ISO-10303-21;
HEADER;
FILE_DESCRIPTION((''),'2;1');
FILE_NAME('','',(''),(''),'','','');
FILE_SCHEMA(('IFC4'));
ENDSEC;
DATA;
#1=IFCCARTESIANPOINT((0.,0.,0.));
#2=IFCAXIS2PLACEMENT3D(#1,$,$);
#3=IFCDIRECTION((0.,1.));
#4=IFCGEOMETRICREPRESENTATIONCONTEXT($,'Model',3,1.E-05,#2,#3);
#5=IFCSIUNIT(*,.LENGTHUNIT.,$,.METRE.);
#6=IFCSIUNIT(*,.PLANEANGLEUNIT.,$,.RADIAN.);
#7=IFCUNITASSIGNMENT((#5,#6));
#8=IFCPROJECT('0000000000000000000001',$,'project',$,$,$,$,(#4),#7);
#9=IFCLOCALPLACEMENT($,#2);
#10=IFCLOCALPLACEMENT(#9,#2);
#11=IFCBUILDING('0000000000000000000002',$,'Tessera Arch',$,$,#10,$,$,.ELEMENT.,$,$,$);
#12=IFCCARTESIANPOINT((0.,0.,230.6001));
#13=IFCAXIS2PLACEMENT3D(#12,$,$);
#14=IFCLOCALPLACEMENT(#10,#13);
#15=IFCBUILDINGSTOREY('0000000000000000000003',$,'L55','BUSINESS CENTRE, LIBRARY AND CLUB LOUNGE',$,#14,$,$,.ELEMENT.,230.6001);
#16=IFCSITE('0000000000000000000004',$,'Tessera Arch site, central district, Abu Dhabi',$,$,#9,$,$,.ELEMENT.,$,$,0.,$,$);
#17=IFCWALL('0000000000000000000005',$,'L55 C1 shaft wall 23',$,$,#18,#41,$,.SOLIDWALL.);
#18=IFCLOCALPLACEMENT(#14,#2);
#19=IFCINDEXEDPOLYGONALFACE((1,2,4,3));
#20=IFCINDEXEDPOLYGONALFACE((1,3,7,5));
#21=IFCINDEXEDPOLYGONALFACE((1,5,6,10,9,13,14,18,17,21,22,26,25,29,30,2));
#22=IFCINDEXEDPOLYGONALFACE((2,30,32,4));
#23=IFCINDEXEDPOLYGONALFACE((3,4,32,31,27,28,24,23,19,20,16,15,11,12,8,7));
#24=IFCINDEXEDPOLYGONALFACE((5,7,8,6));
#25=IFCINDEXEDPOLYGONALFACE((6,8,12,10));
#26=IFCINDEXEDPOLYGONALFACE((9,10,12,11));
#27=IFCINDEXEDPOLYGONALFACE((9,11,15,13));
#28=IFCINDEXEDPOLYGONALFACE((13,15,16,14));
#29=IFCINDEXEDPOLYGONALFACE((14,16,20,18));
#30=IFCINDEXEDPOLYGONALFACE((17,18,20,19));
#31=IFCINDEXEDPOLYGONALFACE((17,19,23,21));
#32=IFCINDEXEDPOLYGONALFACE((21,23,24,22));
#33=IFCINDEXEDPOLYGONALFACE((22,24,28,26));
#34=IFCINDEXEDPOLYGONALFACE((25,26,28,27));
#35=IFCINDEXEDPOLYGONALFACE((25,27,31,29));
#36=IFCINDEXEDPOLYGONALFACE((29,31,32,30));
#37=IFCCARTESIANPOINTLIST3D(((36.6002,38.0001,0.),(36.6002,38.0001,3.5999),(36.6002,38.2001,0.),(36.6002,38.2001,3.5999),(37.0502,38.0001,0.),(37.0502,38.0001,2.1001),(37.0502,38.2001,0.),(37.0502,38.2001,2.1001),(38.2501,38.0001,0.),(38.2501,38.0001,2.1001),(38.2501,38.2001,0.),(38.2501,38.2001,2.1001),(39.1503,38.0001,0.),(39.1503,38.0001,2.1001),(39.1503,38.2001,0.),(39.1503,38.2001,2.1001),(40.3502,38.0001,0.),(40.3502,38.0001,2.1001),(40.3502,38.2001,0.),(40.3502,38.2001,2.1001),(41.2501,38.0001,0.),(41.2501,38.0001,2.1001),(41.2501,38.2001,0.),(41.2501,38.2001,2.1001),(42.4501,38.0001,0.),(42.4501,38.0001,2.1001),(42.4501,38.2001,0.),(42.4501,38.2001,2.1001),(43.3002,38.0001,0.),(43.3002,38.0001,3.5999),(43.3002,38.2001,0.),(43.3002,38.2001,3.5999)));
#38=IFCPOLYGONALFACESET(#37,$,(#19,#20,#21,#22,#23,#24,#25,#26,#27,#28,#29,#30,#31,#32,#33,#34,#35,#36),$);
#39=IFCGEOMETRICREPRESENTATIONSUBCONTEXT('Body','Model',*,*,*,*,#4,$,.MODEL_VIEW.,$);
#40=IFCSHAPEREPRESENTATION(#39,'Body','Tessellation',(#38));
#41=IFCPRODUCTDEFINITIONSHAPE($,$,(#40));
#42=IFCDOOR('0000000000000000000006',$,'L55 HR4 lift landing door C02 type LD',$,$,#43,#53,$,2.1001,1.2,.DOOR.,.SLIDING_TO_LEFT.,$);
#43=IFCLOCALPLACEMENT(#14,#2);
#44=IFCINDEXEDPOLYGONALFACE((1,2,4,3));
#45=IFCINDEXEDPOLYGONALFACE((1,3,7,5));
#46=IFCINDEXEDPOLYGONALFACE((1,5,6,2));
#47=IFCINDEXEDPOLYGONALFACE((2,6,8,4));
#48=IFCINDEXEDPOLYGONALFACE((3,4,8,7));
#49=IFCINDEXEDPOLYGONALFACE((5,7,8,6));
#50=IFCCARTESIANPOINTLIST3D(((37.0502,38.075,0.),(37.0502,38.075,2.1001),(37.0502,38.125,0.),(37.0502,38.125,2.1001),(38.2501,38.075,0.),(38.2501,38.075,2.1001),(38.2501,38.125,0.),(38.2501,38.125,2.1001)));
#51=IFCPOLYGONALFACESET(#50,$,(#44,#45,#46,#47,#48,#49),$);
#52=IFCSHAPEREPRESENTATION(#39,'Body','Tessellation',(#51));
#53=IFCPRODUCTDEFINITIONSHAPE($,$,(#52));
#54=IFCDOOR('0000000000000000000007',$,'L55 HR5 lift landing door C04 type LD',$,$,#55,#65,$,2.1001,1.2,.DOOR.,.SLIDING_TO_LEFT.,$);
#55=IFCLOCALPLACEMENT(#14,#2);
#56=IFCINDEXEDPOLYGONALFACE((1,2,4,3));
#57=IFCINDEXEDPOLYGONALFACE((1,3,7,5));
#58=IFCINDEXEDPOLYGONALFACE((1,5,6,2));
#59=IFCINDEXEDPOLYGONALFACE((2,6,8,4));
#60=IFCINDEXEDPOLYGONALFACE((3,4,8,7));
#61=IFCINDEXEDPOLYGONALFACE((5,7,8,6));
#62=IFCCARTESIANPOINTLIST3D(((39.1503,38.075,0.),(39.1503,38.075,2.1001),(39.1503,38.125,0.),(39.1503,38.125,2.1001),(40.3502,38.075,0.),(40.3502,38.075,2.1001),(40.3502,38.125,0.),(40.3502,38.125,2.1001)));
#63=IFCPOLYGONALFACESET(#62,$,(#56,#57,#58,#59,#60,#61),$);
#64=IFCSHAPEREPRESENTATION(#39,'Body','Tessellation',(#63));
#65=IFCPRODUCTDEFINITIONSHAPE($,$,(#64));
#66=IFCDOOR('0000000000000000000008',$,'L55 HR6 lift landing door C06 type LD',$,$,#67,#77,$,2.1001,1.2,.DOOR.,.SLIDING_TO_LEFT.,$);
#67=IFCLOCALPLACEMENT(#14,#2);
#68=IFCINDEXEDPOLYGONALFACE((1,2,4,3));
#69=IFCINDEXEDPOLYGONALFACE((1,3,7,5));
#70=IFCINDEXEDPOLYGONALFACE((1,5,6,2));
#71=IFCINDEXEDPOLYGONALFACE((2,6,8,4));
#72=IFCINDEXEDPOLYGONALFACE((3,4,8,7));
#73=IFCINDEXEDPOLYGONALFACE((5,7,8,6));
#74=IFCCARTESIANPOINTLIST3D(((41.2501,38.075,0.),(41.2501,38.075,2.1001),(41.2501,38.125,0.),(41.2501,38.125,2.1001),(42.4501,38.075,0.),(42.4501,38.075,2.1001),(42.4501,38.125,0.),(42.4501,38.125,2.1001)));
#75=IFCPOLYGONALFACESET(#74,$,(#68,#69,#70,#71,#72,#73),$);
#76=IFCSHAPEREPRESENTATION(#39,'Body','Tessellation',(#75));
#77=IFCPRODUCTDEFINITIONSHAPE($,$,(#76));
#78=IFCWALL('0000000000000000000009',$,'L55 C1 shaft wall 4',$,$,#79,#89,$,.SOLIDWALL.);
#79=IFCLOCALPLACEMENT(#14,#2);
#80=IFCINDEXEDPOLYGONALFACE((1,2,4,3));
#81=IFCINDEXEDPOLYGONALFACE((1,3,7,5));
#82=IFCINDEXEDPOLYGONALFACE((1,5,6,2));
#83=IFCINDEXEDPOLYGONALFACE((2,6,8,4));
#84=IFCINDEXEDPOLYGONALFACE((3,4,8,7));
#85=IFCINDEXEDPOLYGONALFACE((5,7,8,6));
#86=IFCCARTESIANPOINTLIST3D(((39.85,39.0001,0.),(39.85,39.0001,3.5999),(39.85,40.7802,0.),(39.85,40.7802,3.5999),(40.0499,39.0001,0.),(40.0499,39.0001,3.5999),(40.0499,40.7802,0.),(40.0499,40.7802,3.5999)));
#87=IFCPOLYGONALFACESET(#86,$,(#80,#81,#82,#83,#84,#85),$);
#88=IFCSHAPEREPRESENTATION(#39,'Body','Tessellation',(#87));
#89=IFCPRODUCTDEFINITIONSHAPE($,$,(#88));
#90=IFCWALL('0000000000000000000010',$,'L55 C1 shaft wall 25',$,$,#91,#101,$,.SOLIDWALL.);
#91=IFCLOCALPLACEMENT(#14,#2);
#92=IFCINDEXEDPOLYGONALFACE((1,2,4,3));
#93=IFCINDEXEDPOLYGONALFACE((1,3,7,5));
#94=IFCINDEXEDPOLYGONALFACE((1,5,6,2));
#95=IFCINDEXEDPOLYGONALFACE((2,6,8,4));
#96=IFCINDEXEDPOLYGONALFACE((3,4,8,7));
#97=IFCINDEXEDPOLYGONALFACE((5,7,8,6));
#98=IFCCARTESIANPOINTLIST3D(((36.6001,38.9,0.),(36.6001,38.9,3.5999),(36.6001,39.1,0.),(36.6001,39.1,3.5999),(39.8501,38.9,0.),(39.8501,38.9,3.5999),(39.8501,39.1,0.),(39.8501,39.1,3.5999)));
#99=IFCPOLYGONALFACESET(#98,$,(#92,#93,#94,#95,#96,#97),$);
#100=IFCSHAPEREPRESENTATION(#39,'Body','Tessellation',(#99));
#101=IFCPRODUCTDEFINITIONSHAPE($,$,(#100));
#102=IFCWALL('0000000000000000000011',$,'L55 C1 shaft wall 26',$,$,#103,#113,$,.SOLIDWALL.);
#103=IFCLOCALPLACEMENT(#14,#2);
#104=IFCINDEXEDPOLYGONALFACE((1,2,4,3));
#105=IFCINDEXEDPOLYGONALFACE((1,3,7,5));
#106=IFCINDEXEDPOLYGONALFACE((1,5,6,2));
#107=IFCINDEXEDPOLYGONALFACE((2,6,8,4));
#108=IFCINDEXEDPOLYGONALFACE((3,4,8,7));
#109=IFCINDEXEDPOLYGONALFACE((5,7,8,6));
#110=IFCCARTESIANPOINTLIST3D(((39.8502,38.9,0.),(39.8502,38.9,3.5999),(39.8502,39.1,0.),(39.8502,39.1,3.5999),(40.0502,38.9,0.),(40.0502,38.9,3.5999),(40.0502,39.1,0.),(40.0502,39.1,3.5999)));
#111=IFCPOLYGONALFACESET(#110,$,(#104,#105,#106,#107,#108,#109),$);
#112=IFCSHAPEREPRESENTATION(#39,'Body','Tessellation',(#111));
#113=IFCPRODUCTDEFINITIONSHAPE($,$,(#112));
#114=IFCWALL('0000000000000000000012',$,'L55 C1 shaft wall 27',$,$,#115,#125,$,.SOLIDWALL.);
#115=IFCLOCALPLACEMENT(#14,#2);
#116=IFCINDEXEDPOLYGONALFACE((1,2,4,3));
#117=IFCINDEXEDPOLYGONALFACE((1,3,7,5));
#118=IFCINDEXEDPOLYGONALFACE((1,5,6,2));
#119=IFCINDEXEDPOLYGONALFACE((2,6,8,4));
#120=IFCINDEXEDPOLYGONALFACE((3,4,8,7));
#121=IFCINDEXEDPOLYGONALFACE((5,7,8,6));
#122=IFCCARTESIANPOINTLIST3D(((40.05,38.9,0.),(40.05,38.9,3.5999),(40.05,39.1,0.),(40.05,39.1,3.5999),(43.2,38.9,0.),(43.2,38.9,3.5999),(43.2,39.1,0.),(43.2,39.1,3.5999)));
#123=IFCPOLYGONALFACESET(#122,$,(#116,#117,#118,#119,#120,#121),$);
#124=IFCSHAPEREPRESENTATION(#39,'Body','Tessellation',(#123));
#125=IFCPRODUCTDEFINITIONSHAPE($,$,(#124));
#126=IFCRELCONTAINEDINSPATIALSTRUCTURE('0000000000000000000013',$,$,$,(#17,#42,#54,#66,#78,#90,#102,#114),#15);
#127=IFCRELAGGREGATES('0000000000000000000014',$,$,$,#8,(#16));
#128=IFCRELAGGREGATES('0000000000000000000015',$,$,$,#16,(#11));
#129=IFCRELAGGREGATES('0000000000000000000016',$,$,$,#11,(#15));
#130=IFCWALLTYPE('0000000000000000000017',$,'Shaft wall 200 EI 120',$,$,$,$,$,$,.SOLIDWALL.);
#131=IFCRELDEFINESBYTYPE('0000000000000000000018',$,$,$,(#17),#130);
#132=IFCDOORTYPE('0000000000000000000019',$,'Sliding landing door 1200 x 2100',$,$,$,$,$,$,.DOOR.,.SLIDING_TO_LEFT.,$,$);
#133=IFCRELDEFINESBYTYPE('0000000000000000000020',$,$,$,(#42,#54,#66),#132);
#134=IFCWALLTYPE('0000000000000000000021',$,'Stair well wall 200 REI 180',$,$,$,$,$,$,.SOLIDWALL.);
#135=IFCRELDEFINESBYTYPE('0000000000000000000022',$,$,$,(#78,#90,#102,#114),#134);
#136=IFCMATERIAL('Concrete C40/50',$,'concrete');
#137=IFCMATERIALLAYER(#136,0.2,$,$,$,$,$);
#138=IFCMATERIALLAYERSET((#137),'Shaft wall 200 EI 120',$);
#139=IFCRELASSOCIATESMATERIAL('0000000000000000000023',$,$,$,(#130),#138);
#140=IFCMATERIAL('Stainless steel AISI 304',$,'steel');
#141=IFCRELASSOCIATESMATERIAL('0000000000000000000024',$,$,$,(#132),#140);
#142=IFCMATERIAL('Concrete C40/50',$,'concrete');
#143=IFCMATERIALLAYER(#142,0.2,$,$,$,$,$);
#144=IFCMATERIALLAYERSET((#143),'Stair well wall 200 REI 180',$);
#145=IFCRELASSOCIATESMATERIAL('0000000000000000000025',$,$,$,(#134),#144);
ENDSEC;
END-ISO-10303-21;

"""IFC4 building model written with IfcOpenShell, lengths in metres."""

from ifc_helpers import new_model, si_unit, direction, frame, frame_2d, origin, place, context, subcontext, project, spatial, rectangle, extrude, material, layer, layer_set, type_object, element, fill, save


model = new_model("IFC4")

# Units and contexts
model_context = context("Model", 3, precision=1e-05, world=origin(), true_north=direction((0.0, 1.0)))
body_context = subcontext(model_context, "Body", "Model", "MODEL_VIEW")
ifc_project = project(units=[si_unit("LENGTHUNIT", "METRE"), si_unit("PLANEANGLEUNIT", "RADIAN")], contexts=[model_context])

# Site, building, storey
site_placement = place(None, origin())
site = spatial("IfcSite", under=ifc_project, at=site_placement, Name="Tessera Arch site, central district, Abu Dhabi", CompositionType="ELEMENT", RefElevation=0.0)
building_placement = place(site_placement, origin())
building = spatial("IfcBuilding", under=site, at=building_placement, Name="Tessera Arch", CompositionType="ELEMENT")
storey_placement = place(building_placement, frame((0.0, 0.0, 230.6001)))
storey = spatial("IfcBuildingStorey", under=building, at=storey_placement, Name="L55", Description="BUSINESS CENTRE, LIBRARY AND CLUB LOUNGE", CompositionType="ELEMENT", Elevation=230.6001)

# Shared definitions
ifc_material_1 = material(Name="Concrete C40/50", Category="concrete")
ifc_layer_1 = layer(ifc_material_1, 0.2)
ifc_layer_set_1 = layer_set([ifc_layer_1], Name="Shaft wall 200 EI 120")
wall_type_1 = type_object("IfcWallType", Name="Shaft wall 200 EI 120", PredefinedType="SOLIDWALL", material=ifc_layer_set_1)

# Shared definitions
ifc_material_2 = material(Name="Stainless steel AISI 304", Category="steel")
door_type = type_object("IfcDoorType", Name="Sliding landing door 1200 x 2100", OperationType="SLIDING_TO_LEFT", PredefinedType="DOOR", material=ifc_material_2)

# Wall, openings, doors
wall_1_placement = place(storey_placement, frame((36.6001, 38.1001, 0.0), z_axis=(0.0, 0.0, 1.0), x_axis=(1.0, 0.0, 0.0)))
wall_1 = element("IfcWall", 1, at=wall_1_placement, inside=storey, type_object=wall_type_1, Name="L55 C1 shaft wall 23", PredefinedType="SOLIDWALL", context=body_context, shape_type="SweptSolid", body=[
    extrude(rectangle(XDim=6.7, YDim=0.2, at=frame_2d((3.3501, 0.0))), origin(), (0.0, 0.0, 1.0), 3.5999),
])
opening_1_placement = place(wall_1_placement, frame((0.45, 0.0, 0.0)))
opening_1 = element("IfcOpeningElement", 2, at=opening_1_placement, cuts=wall_1, PredefinedType="OPENING", context=body_context, shape_type="SweptSolid", body=[
    extrude(rectangle(XDim=1.2, YDim=2.1001, at=frame_2d((0.6001, 1.05))), frame((0.0, 0.1099, 0.0), z_axis=(0.0, -1.0, 0.0), x_axis=(1.0, 0.0, 0.0)), (0.0, 0.0, 1.0), 0.22),
])
opening_2_placement = place(wall_1_placement, frame((2.55, 0.0, 0.0)))
opening_2 = element("IfcOpeningElement", 3, at=opening_2_placement, cuts=wall_1, PredefinedType="OPENING", context=body_context, shape_type="SweptSolid", body=[
    extrude(rectangle(XDim=1.2, YDim=2.1001, at=frame_2d((0.6001, 1.05))), frame((0.0, 0.1099, 0.0), z_axis=(0.0, -1.0, 0.0), x_axis=(1.0, 0.0, 0.0)), (0.0, 0.0, 1.0), 0.22),
])
opening_3_placement = place(wall_1_placement, frame((4.6499, 0.0, 0.0)))
opening_3 = element("IfcOpeningElement", 4, at=opening_3_placement, cuts=wall_1, PredefinedType="OPENING", context=body_context, shape_type="SweptSolid", body=[
    extrude(rectangle(XDim=1.2, YDim=2.1001, at=frame_2d((0.6001, 1.05))), frame((0.0, 0.1099, 0.0), z_axis=(0.0, -1.0, 0.0), x_axis=(1.0, 0.0, 0.0)), (0.0, 0.0, 1.0), 0.22),
])
door_1_placement = place(opening_1_placement, origin())
door_1 = element("IfcDoor", 5, at=door_1_placement, inside=storey, type_object=door_type, Name="L55 HR4 lift landing door C02 type LD", OperationType="SLIDING_TO_LEFT", OverallHeight=2.1001, OverallWidth=1.2, PredefinedType="DOOR", context=body_context, shape_type="SweptSolid", body=[
    extrude(rectangle(XDim=1.2, YDim=2.1001, at=frame_2d((0.6001, 1.05))), frame((0.0, 0.0249, 0.0), z_axis=(0.0, -1.0, 0.0), x_axis=(1.0, 0.0, 0.0)), (0.0, 0.0, 1.0), 0.05),
])
fill(opening_1, door_1)
door_2_placement = place(opening_2_placement, origin())
door_2 = element("IfcDoor", 6, at=door_2_placement, inside=storey, type_object=door_type, Name="L55 HR5 lift landing door C04 type LD", OperationType="SLIDING_TO_LEFT", OverallHeight=2.1001, OverallWidth=1.2, PredefinedType="DOOR", context=body_context, shape_type="SweptSolid", body=[
    extrude(rectangle(XDim=1.2, YDim=2.1001, at=frame_2d((0.6001, 1.05))), frame((0.0, 0.0249, 0.0), z_axis=(0.0, -1.0, 0.0), x_axis=(1.0, 0.0, 0.0)), (0.0, 0.0, 1.0), 0.05),
])
fill(opening_2, door_2)
door_3_placement = place(opening_3_placement, origin())
door_3 = element("IfcDoor", 7, at=door_3_placement, inside=storey, type_object=door_type, Name="L55 HR6 lift landing door C06 type LD", OperationType="SLIDING_TO_LEFT", OverallHeight=2.1001, OverallWidth=1.2, PredefinedType="DOOR", context=body_context, shape_type="SweptSolid", body=[
    extrude(rectangle(XDim=1.2, YDim=2.1001, at=frame_2d((0.6001, 1.05))), frame((0.0, 0.0249, 0.0), z_axis=(0.0, -1.0, 0.0), x_axis=(1.0, 0.0, 0.0)), (0.0, 0.0, 1.0), 0.05),
])
fill(opening_3, door_3)

# Walls
ifc_material_3 = material(Name="Concrete C40/50", Category="concrete")
ifc_layer_2 = layer(ifc_material_3, 0.2)
ifc_layer_set_2 = layer_set([ifc_layer_2], Name="Stair well wall 200 REI 180")
wall_type_2 = type_object("IfcWallType", Name="Stair well wall 200 REI 180", PredefinedType="SOLIDWALL", material=ifc_layer_set_2)
wall_2_placement = place(storey_placement, frame((39.95, 39.0, 0.0), z_axis=(0.0, 0.0, 1.0), x_axis=(0.0, 1.0, 0.0)))
element("IfcWall", 8, at=wall_2_placement, inside=storey, type_object=wall_type_2, Name="L55 C1 shaft wall 4", PredefinedType="SOLIDWALL", context=body_context, shape_type="SweptSolid", body=[
    extrude(rectangle(XDim=1.78, YDim=0.2, at=frame_2d((0.8901, 0.0))), origin(), (0.0, 0.0, 1.0), 3.5999),
])
wall_3_placement = place(storey_placement, frame((36.6001, 39.0, 0.0), z_axis=(0.0, 0.0, 1.0), x_axis=(1.0, 0.0, 0.0)))
element("IfcWall", 9, at=wall_3_placement, inside=storey, type_object=wall_type_2, Name="L55 C1 shaft wall 25", PredefinedType="SOLIDWALL", context=body_context, shape_type="SweptSolid", body=[
    extrude(rectangle(XDim=3.25, YDim=0.2, at=frame_2d((1.625, 0.0))), origin(), (0.0, 0.0, 1.0), 3.5999),
])
wall_4_placement = place(storey_placement, frame((39.8501, 39.0, 0.0), z_axis=(0.0, 0.0, 1.0), x_axis=(1.0, 0.0, 0.0)))
element("IfcWall", 10, at=wall_4_placement, inside=storey, type_object=wall_type_2, Name="L55 C1 shaft wall 26", PredefinedType="SOLIDWALL", context=body_context, shape_type="SweptSolid", body=[
    extrude(rectangle(XDim=0.2, YDim=0.2, at=frame_2d((0.1001, 0.0))), origin(), (0.0, 0.0, 1.0), 3.5999),
])
wall_5_placement = place(storey_placement, frame((40.05, 39.0, 0.0), z_axis=(0.0, 0.0, 1.0), x_axis=(1.0, 0.0, 0.0)))
element("IfcWall", 11, at=wall_5_placement, inside=storey, type_object=wall_type_2, Name="L55 C1 shaft wall 27", PredefinedType="SOLIDWALL", context=body_context, shape_type="SweptSolid", body=[
    extrude(rectangle(XDim=3.1499, YDim=0.2, at=frame_2d((1.575, 0.0))), origin(), (0.0, 0.0, 1.0), 3.5999),
])

save(model, "model.ifc")
